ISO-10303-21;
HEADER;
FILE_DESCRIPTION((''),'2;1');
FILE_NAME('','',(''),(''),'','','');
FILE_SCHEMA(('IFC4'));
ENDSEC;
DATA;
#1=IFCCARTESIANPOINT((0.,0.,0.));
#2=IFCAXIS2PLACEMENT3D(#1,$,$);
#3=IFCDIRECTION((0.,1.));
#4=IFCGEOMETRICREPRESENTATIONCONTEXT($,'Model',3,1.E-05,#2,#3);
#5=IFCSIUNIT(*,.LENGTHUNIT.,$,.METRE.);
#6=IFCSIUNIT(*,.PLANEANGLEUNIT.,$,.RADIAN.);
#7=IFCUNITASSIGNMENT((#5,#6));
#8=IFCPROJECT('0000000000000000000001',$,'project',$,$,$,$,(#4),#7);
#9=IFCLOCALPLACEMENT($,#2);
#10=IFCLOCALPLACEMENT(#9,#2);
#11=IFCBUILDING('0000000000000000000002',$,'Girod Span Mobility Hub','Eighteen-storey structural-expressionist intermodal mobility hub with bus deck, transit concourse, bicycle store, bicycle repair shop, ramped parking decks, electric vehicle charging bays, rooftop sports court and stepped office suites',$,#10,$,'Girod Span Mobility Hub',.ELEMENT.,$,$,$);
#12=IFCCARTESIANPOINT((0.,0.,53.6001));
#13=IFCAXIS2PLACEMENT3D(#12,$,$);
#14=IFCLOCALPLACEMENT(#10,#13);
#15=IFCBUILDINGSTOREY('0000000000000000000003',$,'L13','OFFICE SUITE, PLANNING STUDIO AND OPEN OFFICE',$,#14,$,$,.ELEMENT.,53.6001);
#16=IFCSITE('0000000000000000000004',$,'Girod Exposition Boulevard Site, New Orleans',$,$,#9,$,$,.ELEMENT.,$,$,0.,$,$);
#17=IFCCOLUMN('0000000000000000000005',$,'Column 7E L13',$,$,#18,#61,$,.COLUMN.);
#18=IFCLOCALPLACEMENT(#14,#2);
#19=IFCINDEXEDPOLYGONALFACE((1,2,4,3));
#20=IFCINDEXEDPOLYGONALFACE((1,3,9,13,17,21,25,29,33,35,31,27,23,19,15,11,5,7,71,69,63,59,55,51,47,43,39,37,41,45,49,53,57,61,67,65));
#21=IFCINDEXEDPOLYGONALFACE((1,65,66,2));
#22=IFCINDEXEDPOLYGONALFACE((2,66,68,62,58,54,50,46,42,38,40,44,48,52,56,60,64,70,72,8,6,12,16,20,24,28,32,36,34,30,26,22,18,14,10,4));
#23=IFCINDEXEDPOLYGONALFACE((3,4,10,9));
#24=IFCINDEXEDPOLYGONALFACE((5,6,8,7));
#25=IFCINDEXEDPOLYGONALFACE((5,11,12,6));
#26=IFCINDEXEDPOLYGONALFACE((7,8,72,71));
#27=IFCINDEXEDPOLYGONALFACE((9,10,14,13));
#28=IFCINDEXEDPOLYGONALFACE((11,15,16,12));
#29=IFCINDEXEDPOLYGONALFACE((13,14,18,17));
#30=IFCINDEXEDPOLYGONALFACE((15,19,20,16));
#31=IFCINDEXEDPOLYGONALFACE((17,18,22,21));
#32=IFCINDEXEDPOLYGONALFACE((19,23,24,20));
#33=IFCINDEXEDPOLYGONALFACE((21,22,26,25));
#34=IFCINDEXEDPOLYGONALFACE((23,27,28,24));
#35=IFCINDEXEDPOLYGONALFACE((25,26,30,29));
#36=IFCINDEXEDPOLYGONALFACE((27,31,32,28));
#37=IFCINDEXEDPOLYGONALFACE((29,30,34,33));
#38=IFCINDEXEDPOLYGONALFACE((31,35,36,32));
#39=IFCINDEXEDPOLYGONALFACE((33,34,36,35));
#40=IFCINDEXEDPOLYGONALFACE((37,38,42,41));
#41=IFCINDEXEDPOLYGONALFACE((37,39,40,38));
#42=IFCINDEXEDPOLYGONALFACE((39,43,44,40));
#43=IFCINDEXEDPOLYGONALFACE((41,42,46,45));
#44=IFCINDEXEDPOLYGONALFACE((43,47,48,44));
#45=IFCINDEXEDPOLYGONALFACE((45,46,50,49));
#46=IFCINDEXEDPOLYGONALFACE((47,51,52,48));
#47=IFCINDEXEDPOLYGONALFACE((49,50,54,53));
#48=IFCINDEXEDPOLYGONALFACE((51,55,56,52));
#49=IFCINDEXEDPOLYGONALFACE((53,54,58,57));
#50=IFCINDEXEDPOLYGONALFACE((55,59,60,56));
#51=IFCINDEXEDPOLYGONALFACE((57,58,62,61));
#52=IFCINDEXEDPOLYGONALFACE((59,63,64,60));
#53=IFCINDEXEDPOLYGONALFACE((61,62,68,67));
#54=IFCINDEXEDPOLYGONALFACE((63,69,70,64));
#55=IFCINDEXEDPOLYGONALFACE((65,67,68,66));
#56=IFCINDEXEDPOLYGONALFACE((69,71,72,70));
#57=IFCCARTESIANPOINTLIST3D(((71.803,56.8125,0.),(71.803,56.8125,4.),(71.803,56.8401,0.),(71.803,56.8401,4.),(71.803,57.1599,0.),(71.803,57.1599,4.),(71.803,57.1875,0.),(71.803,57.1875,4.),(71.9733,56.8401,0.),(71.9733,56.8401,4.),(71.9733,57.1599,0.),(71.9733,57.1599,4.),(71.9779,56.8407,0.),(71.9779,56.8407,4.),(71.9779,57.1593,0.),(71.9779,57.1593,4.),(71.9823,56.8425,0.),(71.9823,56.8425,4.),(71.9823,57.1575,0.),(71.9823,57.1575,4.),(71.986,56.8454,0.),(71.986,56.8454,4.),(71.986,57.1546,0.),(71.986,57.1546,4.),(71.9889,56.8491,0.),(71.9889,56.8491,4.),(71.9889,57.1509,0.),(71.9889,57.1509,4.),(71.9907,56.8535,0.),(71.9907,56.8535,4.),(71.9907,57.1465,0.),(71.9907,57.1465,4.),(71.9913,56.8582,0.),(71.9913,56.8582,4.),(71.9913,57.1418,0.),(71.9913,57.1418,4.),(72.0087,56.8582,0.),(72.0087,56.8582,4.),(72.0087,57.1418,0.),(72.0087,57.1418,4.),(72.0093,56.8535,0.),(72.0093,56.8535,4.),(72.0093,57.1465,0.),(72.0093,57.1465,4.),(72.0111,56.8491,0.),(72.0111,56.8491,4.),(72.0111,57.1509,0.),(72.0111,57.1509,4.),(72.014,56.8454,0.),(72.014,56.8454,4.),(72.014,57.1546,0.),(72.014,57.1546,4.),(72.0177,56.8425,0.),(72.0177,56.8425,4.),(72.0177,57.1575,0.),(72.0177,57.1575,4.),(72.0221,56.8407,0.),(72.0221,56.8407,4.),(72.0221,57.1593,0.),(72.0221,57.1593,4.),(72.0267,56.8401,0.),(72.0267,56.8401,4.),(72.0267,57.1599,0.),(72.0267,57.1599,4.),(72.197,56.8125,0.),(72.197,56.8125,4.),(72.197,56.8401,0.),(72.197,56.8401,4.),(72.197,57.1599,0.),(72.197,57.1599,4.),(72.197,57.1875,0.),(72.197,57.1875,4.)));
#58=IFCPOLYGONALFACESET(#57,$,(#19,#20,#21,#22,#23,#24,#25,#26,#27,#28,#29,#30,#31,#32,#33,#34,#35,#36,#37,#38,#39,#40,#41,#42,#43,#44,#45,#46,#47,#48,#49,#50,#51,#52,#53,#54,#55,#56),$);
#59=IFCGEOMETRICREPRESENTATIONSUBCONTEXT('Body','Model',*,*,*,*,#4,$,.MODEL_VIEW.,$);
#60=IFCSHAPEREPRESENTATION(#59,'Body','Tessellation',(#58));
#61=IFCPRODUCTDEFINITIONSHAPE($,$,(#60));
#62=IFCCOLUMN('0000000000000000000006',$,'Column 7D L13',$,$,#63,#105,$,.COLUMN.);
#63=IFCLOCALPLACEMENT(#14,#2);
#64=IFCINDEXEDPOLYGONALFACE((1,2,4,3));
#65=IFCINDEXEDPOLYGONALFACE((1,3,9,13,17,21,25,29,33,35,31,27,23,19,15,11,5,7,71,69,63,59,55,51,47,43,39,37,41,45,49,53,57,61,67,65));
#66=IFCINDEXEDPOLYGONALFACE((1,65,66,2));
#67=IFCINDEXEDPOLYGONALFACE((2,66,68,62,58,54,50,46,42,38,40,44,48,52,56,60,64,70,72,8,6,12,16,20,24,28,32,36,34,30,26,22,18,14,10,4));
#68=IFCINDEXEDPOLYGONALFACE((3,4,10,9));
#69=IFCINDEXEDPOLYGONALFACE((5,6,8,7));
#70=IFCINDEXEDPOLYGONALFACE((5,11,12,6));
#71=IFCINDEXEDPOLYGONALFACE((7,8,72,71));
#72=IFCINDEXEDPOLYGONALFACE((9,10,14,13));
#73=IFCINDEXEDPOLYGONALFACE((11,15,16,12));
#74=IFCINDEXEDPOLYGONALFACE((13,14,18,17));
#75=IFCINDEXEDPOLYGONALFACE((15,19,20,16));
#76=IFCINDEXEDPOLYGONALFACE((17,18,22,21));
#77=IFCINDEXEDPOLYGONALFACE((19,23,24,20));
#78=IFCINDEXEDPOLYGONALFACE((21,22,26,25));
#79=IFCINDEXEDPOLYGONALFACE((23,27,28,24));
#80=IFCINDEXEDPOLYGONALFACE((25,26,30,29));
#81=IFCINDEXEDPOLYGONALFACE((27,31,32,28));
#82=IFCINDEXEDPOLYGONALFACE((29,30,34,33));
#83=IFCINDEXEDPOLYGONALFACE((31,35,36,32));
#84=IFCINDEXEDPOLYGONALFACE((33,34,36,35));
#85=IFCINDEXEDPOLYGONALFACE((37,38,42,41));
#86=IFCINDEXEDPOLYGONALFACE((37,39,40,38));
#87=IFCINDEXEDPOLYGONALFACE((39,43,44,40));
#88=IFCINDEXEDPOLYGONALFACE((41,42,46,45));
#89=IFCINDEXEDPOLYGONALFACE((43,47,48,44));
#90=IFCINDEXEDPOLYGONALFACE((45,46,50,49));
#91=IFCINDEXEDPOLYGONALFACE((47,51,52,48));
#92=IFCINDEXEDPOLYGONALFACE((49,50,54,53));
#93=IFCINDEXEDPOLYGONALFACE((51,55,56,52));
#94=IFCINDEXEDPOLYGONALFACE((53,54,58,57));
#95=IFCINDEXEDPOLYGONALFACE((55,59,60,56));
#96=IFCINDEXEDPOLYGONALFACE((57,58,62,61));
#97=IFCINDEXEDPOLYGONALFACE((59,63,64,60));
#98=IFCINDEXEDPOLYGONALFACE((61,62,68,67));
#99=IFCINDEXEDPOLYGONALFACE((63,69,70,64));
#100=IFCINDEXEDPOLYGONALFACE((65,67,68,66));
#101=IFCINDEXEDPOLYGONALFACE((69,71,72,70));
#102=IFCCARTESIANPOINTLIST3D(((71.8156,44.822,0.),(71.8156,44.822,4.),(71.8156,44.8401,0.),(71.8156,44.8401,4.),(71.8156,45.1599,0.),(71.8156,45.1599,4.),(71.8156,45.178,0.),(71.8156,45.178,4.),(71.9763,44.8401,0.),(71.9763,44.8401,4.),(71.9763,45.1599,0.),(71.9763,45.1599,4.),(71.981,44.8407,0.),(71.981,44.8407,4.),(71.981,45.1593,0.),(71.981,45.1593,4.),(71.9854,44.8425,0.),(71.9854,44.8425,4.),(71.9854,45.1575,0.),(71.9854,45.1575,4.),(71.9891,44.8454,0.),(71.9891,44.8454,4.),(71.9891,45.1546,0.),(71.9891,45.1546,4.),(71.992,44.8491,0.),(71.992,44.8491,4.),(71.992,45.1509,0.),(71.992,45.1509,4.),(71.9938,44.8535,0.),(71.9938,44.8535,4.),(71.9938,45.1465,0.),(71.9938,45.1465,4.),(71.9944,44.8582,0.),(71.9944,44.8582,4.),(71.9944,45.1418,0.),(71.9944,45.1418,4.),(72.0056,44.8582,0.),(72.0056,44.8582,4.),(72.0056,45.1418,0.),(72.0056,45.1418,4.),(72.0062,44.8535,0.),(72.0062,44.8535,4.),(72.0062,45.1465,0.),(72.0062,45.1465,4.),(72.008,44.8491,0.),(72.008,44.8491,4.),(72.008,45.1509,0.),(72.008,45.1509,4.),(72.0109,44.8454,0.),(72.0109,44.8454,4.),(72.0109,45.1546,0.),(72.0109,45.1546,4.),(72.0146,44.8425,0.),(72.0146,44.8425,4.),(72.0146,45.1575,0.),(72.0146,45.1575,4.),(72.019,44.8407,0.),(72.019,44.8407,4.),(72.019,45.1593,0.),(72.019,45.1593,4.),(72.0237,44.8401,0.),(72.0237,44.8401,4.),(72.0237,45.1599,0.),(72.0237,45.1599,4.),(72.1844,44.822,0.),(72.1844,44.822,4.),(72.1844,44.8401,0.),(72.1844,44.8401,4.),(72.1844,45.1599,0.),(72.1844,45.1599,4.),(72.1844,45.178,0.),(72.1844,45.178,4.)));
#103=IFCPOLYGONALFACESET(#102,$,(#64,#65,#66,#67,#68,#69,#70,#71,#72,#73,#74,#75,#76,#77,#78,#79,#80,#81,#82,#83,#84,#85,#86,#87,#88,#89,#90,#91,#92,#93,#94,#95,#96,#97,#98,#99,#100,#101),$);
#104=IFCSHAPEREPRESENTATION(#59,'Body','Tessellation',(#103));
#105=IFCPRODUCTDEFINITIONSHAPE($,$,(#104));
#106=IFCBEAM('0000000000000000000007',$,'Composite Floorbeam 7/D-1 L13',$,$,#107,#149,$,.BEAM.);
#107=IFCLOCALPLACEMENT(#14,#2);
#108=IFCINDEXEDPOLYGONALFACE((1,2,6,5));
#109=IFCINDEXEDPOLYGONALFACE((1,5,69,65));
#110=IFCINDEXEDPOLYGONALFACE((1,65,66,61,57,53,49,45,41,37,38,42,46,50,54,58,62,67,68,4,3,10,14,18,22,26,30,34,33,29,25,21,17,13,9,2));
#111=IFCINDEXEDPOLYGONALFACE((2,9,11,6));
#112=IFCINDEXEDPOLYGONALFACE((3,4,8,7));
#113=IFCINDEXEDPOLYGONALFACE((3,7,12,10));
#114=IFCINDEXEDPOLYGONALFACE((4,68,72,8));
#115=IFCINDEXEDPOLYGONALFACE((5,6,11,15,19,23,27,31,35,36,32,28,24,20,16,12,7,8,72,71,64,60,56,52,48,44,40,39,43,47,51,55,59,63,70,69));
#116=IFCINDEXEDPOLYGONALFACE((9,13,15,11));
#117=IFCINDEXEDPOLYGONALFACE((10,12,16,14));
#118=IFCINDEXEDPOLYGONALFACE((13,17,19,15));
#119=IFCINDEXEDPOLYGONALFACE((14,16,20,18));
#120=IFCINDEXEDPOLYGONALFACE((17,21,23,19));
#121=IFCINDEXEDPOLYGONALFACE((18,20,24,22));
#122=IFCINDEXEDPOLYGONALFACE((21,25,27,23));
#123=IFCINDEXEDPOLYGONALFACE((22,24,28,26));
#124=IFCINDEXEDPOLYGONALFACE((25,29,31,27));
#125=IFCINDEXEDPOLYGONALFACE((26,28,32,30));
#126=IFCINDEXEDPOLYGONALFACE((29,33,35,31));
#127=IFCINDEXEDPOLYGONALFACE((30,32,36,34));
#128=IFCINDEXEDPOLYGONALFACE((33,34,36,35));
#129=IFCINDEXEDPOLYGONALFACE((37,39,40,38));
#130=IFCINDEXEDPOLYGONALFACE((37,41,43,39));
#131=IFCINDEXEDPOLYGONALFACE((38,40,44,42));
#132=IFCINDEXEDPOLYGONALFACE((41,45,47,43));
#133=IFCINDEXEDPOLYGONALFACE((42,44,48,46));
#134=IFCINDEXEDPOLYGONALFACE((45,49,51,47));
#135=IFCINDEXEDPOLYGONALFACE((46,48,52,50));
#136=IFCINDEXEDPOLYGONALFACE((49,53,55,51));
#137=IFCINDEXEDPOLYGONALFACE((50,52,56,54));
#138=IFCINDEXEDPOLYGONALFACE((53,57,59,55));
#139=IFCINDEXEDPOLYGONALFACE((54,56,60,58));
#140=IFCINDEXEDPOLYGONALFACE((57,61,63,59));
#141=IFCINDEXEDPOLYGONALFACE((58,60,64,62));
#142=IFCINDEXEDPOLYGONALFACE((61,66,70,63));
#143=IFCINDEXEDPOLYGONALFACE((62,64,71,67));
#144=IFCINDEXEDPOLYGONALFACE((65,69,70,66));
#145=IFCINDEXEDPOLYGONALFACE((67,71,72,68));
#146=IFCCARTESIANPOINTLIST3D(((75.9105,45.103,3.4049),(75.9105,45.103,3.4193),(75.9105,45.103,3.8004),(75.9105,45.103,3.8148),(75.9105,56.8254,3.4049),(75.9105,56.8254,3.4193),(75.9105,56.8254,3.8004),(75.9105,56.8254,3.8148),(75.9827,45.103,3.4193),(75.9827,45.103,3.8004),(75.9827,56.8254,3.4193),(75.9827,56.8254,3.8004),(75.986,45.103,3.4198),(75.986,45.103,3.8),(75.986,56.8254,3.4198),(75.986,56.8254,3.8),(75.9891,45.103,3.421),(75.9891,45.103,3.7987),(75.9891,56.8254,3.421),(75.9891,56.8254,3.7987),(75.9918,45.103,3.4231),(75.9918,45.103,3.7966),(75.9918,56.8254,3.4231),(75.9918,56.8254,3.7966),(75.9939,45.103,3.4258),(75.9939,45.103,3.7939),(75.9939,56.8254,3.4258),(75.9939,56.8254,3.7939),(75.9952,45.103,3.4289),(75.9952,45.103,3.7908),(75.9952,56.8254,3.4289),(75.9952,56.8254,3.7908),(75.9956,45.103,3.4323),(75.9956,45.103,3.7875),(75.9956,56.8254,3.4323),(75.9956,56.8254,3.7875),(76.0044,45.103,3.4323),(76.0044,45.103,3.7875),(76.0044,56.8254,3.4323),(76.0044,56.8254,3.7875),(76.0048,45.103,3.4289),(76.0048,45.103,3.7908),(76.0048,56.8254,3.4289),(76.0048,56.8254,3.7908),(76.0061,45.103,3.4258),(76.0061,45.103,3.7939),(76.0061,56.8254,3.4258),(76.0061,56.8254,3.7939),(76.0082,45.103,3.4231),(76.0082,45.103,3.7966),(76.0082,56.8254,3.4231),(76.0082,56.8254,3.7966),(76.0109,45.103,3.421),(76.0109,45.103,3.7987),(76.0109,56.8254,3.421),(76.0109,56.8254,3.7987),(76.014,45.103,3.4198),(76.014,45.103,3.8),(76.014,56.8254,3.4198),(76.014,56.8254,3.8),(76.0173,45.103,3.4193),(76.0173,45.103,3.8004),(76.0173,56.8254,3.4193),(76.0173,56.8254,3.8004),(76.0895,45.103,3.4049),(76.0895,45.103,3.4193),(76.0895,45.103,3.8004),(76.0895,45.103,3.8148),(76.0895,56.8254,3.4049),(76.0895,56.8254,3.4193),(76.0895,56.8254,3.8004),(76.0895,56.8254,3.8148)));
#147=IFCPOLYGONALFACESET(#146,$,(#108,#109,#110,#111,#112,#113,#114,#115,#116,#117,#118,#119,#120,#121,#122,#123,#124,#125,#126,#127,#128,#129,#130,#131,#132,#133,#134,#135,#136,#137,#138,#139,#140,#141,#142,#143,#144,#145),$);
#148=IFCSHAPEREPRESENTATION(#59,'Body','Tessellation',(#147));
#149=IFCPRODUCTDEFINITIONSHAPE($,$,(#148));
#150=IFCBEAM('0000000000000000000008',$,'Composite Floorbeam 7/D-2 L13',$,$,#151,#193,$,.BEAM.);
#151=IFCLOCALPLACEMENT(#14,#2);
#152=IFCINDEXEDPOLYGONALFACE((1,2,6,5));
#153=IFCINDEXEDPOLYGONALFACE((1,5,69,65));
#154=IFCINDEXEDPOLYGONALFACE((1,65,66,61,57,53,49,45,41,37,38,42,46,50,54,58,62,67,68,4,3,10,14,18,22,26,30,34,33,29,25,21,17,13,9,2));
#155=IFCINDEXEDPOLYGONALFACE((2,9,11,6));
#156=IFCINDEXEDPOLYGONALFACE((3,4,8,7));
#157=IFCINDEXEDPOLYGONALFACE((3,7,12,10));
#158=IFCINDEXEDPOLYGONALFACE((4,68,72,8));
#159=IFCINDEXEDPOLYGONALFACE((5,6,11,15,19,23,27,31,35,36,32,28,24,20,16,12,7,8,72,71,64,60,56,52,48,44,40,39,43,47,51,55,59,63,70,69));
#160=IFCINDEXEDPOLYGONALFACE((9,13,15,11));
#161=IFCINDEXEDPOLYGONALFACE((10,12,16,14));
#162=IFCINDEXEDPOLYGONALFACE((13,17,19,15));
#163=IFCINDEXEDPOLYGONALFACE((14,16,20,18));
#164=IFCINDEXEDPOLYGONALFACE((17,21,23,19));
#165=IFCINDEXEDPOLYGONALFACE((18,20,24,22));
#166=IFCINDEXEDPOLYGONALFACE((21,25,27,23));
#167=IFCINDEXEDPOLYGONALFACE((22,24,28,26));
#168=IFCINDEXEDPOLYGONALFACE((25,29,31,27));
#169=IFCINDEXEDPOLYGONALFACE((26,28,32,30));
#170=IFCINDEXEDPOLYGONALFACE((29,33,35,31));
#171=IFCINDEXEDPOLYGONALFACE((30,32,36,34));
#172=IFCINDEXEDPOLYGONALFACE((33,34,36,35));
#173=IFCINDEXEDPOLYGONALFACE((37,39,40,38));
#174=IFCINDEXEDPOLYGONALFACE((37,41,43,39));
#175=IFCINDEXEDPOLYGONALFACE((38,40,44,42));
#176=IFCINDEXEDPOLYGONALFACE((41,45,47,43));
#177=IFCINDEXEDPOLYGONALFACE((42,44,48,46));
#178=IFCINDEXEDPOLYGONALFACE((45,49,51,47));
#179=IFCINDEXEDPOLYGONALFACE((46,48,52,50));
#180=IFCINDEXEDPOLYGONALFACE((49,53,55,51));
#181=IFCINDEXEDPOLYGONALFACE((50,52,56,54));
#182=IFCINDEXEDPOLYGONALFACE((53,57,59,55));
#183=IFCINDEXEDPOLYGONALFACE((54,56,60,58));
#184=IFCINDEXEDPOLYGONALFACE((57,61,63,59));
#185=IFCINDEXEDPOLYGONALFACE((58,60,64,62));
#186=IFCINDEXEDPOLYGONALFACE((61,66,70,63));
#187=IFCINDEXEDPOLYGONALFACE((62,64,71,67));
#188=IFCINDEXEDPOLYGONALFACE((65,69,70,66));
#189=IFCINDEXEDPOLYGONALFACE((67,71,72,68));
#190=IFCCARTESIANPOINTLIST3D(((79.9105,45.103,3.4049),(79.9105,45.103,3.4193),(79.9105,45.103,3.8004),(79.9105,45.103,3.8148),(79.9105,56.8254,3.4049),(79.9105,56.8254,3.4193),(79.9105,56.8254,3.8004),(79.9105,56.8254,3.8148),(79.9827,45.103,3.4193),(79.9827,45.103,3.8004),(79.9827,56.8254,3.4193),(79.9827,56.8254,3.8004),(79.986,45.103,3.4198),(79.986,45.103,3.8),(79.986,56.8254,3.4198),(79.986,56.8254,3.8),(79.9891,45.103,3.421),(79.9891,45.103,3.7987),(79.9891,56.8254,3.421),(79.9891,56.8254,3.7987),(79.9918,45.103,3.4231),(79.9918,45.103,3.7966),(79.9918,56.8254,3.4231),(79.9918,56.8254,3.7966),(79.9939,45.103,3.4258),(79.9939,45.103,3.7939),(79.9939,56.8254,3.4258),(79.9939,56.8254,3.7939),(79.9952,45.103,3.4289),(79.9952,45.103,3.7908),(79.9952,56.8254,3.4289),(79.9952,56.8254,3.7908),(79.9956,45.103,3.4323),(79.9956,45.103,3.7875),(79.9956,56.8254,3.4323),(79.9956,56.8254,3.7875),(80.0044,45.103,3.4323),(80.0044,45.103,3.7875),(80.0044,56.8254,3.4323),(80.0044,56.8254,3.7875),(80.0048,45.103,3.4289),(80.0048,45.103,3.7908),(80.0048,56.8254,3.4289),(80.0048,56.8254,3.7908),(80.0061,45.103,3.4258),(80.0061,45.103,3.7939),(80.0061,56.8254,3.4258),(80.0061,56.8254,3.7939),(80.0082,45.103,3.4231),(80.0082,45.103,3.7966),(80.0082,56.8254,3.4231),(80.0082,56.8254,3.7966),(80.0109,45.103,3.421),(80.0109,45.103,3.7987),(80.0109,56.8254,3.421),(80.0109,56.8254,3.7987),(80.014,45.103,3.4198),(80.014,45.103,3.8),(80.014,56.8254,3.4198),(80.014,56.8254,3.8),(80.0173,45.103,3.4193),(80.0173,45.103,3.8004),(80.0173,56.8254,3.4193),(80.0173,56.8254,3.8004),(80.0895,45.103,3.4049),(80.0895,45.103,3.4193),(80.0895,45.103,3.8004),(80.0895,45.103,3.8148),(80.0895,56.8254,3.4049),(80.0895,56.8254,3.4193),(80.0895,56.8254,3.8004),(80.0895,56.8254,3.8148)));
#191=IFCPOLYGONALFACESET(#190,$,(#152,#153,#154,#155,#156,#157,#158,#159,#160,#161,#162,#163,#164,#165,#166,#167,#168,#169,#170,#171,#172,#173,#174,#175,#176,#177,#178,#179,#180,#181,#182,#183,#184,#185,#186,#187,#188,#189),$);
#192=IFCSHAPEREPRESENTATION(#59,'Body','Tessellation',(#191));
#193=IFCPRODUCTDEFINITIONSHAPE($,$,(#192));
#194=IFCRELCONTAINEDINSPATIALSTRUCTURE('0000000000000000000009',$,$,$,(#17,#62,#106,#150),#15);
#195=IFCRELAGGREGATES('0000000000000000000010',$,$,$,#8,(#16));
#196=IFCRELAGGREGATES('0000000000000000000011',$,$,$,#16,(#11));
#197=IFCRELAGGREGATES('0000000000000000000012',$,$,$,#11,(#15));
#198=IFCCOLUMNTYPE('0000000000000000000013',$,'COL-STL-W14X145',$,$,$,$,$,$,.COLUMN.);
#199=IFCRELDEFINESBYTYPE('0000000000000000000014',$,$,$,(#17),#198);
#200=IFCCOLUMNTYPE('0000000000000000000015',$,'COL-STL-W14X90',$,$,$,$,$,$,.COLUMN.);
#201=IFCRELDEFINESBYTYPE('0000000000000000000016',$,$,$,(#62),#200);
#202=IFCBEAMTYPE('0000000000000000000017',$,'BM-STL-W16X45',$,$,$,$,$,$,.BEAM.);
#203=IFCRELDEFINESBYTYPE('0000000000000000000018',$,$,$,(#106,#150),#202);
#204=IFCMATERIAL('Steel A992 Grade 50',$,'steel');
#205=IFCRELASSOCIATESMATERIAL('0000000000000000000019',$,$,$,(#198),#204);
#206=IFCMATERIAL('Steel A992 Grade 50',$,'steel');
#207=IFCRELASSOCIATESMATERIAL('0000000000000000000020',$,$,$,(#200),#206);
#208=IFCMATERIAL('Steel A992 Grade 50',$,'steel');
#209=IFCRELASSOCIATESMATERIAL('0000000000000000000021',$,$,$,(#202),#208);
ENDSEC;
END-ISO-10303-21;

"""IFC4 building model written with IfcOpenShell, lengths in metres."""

from ifc_helpers import new_model, si_unit, direction, frame, origin, origin_2d, place, context, subcontext, project, spatial, i_section, extrude, material, material_profile, profile_set, type_object, element, save


model = new_model("IFC4")

# Units and contexts
model_context = context("Model", 3, precision=1e-05, world=origin(), true_north=direction((0.0, 1.0)))
body_context = subcontext(model_context, "Body", "Model", "MODEL_VIEW")
ifc_project = project(units=[si_unit("LENGTHUNIT", "METRE"), si_unit("PLANEANGLEUNIT", "RADIAN")], contexts=[model_context])

# Site, building, storey
site_placement = place(None, origin())
site = spatial("IfcSite", under=ifc_project, at=site_placement, Name="Girod Exposition Boulevard Site, New Orleans", CompositionType="ELEMENT", RefElevation=0.0)
building_placement = place(site_placement, origin())
building = spatial("IfcBuilding", under=site, at=building_placement, Name="Girod Span Mobility Hub", Description="Eighteen-storey structural-expressionist intermodal mobility hub with bus deck, transit concourse, bicycle store, bicycle repair shop, ramped parking decks, electric vehicle charging bays, rooftop sports court and stepped office suites", LongName="Girod Span Mobility Hub", CompositionType="ELEMENT")
storey_placement = place(building_placement, frame((0.0, 0.0, 53.6001)))
storey = spatial("IfcBuildingStorey", under=building, at=storey_placement, Name="L13", Description="OFFICE SUITE, PLANNING STUDIO AND OPEN OFFICE", CompositionType="ELEMENT", Elevation=53.6001)

# Columns
ifc_material_1 = material(Name="Steel A992 Grade 50", Category="steel")
ifc_material_profile_1 = material_profile(ifc_material_1, i_section(OverallWidth=0.394, OverallDepth=0.375, WebThickness=0.0173, FlangeThickness=0.0276, FilletRadius=0.0181, at=origin_2d()), Name="W14X145")
ifc_profile_set_1 = profile_set([ifc_material_profile_1], Name="Steel A992 Grade 50")
column_type_1 = type_object("IfcColumnType", Name="COL-STL-W14X145", PredefinedType="COLUMN", material=ifc_profile_set_1)
column_1_placement = place(storey_placement, frame((72.0, 57.0, 0.0), z_axis=(0.0, 0.0, 1.0), x_axis=(1.0, 0.0, 0.0)))
element("IfcColumn", 1, at=column_1_placement, inside=storey, type_object=column_type_1, Name="Column 7E L13", PredefinedType="COLUMN", context=body_context, shape_type="SweptSolid", body=[
    extrude(i_section(OverallWidth=0.394, OverallDepth=0.375, WebThickness=0.0173, FlangeThickness=0.0276, FilletRadius=0.0181, at=origin_2d()), origin(), (0.0, 0.0, 1.0), 4.0),
])
ifc_material_2 = material(Name="Steel A992 Grade 50", Category="steel")
ifc_material_profile_2 = material_profile(ifc_material_2, i_section(OverallWidth=0.3689, OverallDepth=0.356, WebThickness=0.0112, FlangeThickness=0.0181, FilletRadius=0.0181, at=origin_2d()), Name="W14X90")
ifc_profile_set_2 = profile_set([ifc_material_profile_2], Name="Steel A992 Grade 50")
column_type_2 = type_object("IfcColumnType", Name="COL-STL-W14X90", PredefinedType="COLUMN", material=ifc_profile_set_2)
column_2_placement = place(storey_placement, frame((72.0, 45.0, 0.0), z_axis=(0.0, 0.0, 1.0), x_axis=(1.0, 0.0, 0.0)))
element("IfcColumn", 2, at=column_2_placement, inside=storey, type_object=column_type_2, Name="Column 7D L13", PredefinedType="COLUMN", context=body_context, shape_type="SweptSolid", body=[
    extrude(i_section(OverallWidth=0.3689, OverallDepth=0.356, WebThickness=0.0112, FlangeThickness=0.0181, FilletRadius=0.0181, at=origin_2d()), origin(), (0.0, 0.0, 1.0), 4.0),
])

# Beams
ifc_material_3 = material(Name="Steel A992 Grade 50", Category="steel")
ifc_material_profile_3 = material_profile(ifc_material_3, i_section(OverallWidth=0.179, OverallDepth=0.4099, WebThickness=0.0088, FlangeThickness=0.0144, FilletRadius=0.0129, at=origin_2d()), Name="W16X45")
ifc_profile_set_3 = profile_set([ifc_material_profile_3], Name="Steel A992 Grade 50")
beam_type_1 = type_object("IfcBeamType", Name="BM-STL-W16X45", PredefinedType="BEAM", material=ifc_profile_set_3)
for number, where, z_axis, x_axis, name in (
    (3, (76.0, 45.103, 3.6099), (0.0, 1.0, 0.0), (-1.0, 0.0, 0.0), "Composite Floorbeam 7/D-1 L13"),
    (4, (80.0, 45.103, 3.6099), (0.0, 1.0, 0.0), (-1.0, 0.0, 0.0), "Composite Floorbeam 7/D-2 L13"),
):
    element("IfcBeam", number, at=place(storey_placement, frame(where, z_axis=z_axis, x_axis=x_axis)), inside=storey, type_object=beam_type_1, Name=name, PredefinedType="BEAM", context=body_context, shape_type="SweptSolid", body=[
        extrude(i_section(OverallWidth=0.179, OverallDepth=0.4099, WebThickness=0.0088, FlangeThickness=0.0144, FilletRadius=0.0129, at=origin_2d()), origin(), (0.0, 0.0, 1.0), 11.7224),
    ])

save(model, "model.ifc")
